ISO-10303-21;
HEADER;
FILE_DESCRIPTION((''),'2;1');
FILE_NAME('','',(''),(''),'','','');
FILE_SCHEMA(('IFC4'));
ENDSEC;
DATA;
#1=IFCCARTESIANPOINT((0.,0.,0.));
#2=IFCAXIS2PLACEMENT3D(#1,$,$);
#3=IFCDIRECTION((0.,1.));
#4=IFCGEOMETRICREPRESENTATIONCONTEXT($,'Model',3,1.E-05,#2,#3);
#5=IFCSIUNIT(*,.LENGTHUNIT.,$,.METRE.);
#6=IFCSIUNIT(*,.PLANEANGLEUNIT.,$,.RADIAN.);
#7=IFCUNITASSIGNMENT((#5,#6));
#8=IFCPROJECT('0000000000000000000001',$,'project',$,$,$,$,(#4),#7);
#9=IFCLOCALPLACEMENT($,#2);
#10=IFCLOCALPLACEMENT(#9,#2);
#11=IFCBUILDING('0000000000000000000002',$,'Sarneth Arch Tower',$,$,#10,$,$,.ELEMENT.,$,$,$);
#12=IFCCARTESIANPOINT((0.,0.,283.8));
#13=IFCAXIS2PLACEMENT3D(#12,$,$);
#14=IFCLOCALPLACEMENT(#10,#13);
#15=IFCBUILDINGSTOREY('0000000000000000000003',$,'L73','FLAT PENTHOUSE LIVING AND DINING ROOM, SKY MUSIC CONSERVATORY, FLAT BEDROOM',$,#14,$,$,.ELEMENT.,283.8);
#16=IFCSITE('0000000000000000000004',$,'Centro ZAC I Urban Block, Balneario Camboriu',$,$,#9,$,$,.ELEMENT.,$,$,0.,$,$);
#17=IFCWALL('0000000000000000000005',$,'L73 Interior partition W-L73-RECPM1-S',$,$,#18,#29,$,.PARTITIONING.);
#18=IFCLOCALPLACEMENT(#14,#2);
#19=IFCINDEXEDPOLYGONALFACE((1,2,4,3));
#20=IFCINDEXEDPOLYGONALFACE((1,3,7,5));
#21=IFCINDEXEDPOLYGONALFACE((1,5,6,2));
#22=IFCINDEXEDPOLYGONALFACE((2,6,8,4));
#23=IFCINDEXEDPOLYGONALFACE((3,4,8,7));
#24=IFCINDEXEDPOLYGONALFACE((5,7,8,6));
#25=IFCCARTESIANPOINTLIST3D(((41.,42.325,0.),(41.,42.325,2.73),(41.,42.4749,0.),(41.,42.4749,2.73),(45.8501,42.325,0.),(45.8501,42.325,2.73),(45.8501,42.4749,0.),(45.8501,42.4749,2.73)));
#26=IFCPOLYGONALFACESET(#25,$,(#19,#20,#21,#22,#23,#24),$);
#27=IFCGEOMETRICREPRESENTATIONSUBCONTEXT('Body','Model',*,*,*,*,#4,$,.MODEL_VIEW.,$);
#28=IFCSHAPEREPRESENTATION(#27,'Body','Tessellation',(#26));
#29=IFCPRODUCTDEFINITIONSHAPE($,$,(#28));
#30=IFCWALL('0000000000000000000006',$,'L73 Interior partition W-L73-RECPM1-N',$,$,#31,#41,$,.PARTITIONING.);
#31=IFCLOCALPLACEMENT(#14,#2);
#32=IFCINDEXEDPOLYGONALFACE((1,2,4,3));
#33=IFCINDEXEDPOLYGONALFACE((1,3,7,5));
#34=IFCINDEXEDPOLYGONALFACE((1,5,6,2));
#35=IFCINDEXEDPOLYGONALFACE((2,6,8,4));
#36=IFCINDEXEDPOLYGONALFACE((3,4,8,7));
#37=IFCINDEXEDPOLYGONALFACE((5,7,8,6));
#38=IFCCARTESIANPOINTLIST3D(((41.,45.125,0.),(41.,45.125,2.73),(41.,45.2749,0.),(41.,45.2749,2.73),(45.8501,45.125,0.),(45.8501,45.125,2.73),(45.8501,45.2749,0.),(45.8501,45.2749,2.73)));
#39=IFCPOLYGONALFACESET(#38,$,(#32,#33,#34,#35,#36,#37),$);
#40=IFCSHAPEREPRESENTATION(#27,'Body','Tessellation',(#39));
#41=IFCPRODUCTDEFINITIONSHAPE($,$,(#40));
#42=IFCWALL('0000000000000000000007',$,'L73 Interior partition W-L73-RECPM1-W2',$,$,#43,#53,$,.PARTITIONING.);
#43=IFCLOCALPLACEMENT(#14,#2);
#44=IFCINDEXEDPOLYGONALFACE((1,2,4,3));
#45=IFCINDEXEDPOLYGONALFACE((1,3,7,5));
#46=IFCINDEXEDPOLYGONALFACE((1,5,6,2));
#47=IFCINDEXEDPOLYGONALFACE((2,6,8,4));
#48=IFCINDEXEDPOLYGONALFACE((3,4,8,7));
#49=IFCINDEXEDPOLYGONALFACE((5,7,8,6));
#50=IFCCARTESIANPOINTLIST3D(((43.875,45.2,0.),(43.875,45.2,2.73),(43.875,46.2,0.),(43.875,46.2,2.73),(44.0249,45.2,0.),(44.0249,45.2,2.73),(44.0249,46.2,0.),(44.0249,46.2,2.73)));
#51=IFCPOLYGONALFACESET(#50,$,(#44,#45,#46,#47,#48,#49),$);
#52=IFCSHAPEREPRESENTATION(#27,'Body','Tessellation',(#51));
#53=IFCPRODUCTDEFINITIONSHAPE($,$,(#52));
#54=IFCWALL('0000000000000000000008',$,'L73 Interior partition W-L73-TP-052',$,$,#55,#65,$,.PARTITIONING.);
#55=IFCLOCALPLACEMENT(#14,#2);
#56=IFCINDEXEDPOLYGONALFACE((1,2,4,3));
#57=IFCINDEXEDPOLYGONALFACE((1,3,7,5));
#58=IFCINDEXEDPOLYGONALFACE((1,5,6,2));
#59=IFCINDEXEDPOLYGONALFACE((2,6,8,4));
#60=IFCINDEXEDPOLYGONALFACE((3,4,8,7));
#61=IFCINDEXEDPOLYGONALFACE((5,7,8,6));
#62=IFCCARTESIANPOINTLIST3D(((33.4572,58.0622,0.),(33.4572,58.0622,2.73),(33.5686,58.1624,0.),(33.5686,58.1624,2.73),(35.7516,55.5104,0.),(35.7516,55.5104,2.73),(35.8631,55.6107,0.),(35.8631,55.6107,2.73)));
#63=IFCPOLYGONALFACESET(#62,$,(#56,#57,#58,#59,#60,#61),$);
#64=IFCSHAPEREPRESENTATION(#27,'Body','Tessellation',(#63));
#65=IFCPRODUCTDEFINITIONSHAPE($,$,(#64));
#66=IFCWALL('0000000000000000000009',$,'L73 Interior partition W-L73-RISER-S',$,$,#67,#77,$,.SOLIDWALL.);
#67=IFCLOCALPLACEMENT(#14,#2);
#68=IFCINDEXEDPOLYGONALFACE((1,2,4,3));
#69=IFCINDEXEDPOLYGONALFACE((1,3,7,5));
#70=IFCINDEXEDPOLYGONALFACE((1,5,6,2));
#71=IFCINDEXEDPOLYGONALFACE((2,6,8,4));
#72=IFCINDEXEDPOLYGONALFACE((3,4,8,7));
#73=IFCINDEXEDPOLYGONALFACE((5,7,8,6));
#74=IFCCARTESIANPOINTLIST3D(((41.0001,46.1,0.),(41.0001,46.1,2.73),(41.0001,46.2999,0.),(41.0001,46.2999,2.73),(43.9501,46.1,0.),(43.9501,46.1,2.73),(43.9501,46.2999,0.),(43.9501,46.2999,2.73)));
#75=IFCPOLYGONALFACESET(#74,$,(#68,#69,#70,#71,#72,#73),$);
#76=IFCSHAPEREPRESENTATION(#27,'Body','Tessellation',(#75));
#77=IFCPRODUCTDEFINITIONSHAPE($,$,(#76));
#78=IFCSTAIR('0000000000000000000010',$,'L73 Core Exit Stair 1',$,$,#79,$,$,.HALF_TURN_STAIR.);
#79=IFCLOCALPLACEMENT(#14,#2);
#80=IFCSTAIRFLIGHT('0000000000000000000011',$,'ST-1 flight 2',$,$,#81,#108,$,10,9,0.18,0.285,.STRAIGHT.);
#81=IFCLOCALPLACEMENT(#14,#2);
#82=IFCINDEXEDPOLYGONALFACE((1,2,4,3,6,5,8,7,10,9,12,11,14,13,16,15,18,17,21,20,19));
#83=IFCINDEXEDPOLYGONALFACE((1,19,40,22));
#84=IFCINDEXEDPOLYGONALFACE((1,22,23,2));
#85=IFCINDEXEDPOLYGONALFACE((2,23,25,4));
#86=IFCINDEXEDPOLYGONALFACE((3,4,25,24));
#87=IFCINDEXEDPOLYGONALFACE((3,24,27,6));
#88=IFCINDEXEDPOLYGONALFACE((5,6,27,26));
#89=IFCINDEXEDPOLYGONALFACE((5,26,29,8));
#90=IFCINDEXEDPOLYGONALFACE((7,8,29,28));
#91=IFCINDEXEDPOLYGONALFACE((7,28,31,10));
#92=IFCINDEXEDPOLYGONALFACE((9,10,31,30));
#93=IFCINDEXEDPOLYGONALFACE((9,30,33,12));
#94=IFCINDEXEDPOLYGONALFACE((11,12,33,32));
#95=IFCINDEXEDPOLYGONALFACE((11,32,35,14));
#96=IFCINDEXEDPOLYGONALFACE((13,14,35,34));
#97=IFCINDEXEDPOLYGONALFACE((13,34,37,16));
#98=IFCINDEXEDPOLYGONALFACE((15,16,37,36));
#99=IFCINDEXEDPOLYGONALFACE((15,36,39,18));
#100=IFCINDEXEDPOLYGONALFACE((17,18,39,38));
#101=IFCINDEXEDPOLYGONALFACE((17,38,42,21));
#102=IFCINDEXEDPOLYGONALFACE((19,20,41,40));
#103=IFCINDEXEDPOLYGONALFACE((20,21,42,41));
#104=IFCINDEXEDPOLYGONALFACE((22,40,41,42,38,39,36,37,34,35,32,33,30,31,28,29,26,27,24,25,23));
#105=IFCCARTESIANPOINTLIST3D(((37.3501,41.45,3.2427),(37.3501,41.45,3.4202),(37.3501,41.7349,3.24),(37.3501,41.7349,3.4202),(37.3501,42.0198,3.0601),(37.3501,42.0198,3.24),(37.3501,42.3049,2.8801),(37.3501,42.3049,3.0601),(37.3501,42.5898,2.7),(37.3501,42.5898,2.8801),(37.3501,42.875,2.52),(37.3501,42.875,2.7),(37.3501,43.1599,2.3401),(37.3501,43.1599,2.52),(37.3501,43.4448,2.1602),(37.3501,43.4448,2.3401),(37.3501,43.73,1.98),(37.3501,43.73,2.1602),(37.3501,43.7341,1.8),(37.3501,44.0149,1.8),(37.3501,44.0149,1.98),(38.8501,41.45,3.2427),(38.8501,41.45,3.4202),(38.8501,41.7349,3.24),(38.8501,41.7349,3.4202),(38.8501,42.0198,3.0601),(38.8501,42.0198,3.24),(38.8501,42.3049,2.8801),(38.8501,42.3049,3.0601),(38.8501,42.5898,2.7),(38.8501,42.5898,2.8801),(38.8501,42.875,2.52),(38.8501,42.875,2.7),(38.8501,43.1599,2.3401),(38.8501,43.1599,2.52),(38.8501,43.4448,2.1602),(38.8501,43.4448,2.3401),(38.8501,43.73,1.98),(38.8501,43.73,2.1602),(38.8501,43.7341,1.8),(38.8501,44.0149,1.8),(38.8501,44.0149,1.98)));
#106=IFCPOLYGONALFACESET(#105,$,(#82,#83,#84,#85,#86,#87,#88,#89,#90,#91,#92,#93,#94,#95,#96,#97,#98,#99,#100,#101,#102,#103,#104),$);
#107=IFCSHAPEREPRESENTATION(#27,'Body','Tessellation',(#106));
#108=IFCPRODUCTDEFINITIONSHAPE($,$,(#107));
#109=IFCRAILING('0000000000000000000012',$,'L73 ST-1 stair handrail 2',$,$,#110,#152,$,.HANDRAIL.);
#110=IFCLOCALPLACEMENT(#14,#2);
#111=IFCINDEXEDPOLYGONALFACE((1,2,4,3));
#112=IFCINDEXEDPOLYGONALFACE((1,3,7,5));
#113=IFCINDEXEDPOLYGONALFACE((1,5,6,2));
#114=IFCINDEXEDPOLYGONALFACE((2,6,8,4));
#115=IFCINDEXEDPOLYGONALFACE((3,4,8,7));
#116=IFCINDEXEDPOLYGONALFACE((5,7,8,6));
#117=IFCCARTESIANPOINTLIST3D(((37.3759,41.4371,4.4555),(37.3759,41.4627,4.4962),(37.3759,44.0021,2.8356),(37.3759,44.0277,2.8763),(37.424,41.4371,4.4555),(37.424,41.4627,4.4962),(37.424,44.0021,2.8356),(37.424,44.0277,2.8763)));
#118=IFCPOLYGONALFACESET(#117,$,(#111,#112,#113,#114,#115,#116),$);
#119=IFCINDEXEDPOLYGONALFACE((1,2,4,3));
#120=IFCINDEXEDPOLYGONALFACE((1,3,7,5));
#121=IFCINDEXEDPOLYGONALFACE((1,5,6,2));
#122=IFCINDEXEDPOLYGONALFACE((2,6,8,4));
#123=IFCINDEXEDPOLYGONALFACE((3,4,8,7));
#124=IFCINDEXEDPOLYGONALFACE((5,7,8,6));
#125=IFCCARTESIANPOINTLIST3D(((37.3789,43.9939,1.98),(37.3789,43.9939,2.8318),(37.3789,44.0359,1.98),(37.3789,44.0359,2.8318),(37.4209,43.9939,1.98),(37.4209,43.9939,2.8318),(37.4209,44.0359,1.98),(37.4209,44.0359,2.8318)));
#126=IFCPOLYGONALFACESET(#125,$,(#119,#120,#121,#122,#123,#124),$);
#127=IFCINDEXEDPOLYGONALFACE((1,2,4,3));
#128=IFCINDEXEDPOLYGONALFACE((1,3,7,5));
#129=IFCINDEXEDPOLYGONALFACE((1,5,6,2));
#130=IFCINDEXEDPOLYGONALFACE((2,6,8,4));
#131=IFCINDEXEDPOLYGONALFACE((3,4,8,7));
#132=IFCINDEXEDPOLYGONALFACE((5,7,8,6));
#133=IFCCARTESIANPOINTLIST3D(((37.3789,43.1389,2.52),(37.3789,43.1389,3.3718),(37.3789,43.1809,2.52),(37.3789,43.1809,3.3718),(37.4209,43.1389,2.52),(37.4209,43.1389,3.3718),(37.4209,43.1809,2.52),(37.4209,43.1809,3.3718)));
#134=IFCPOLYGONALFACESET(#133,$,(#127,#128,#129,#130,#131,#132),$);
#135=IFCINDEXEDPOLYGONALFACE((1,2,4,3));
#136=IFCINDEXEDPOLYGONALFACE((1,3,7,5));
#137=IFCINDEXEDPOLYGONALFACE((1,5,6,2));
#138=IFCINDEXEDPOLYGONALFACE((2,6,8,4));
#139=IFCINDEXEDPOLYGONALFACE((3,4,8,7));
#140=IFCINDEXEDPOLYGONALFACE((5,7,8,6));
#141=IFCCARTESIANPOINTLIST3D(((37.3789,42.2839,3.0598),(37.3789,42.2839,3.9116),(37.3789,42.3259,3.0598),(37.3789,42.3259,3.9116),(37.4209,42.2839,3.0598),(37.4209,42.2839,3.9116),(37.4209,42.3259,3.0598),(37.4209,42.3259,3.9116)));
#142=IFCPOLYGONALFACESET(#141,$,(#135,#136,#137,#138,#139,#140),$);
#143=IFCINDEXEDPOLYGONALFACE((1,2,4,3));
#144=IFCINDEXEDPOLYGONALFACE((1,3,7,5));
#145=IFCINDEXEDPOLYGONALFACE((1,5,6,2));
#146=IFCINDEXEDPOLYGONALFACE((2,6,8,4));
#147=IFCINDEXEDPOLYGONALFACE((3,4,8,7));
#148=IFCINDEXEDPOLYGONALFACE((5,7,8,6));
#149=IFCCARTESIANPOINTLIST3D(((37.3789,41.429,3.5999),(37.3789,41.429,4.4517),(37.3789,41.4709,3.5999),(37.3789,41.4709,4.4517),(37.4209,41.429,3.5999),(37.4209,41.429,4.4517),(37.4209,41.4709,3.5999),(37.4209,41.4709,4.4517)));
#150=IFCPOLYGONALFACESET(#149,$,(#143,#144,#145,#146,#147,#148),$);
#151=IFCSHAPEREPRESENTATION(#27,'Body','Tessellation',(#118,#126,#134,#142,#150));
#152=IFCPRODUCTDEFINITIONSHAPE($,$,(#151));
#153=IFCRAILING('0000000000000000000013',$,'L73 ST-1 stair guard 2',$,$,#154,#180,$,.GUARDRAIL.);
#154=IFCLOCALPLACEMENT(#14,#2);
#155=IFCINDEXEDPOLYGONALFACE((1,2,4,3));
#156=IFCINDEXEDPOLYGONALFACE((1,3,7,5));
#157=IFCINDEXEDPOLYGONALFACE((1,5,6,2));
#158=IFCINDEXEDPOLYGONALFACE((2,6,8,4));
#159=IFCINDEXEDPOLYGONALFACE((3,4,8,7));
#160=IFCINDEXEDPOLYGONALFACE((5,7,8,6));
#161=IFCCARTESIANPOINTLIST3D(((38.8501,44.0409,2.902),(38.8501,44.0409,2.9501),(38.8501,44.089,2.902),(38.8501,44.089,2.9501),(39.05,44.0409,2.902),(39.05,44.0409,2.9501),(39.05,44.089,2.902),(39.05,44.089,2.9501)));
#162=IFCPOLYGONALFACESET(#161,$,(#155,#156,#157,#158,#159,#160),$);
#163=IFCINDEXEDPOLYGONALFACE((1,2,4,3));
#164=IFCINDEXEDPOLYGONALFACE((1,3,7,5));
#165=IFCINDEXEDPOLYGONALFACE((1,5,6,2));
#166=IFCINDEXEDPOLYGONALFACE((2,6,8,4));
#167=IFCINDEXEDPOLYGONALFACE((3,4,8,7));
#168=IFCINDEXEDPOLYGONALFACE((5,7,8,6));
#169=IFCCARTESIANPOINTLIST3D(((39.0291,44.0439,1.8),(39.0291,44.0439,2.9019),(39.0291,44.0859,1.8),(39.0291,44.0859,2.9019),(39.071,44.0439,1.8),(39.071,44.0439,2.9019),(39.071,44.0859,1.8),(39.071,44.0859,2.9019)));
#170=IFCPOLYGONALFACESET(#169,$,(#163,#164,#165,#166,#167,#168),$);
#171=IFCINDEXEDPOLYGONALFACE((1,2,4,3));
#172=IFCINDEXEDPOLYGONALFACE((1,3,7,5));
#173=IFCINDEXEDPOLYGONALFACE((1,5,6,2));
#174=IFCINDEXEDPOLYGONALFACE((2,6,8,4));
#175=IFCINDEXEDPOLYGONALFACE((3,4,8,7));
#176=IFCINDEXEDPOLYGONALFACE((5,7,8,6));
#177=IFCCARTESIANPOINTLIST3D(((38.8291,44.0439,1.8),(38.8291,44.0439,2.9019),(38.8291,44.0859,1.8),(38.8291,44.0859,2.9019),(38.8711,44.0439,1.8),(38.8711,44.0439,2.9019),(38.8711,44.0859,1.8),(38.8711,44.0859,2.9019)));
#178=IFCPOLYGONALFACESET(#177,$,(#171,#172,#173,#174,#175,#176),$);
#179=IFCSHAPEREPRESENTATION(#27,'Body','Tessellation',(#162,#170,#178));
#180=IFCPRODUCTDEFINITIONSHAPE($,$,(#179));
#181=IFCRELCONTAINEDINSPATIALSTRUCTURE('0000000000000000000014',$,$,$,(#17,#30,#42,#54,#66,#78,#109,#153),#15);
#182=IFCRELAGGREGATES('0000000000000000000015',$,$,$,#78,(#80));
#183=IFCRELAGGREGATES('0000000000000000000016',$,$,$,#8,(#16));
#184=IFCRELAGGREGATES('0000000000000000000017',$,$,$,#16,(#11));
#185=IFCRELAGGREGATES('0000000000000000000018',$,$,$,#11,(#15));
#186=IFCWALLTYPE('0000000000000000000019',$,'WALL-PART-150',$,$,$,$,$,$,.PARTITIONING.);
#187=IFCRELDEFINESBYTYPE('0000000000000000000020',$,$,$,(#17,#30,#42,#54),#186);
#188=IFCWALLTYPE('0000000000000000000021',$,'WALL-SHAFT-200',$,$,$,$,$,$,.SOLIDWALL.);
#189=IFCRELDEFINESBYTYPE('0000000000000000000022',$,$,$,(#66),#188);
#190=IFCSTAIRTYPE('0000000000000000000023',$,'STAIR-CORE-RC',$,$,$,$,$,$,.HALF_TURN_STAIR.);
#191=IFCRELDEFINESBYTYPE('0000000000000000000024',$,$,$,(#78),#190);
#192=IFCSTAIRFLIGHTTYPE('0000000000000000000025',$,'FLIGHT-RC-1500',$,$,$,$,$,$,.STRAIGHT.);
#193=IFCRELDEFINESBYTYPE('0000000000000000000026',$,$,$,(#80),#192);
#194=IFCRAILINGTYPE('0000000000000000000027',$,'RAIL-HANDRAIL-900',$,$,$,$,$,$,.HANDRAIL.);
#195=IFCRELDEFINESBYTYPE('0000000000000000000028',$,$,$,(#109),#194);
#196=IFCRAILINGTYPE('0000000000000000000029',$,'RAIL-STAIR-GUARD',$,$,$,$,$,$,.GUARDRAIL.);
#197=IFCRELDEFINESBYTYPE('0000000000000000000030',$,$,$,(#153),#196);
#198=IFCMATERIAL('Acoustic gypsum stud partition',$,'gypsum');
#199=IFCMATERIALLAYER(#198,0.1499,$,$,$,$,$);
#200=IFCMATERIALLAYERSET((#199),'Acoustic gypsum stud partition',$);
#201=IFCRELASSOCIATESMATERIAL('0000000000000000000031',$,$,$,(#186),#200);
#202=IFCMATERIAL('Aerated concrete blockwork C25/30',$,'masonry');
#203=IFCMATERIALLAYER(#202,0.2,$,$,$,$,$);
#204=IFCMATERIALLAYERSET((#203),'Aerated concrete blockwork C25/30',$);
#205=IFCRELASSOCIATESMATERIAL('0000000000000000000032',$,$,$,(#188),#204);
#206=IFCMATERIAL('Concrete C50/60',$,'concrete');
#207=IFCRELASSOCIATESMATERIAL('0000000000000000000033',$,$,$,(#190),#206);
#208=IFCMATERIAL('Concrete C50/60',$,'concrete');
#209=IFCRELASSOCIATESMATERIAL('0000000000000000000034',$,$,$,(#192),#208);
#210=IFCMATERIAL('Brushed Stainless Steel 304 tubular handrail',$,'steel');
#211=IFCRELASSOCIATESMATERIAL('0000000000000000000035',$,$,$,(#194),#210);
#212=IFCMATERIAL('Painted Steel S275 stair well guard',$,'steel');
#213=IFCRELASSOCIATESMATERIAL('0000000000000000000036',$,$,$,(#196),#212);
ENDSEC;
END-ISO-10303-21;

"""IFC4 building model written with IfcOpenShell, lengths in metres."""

from ifc_helpers import new_model, si_unit, direction, frame, frame_2d, origin, origin_2d, place, context, subcontext, project, spatial, polyline, rectangle, outline, extrude, material, layer, layer_set, type_object, element, aggregate, save


model = new_model("IFC4")

# Units and contexts
model_context = context("Model", 3, precision=1e-05, world=origin(), true_north=direction((0.0, 1.0)))
body_context = subcontext(model_context, "Body", "Model", "MODEL_VIEW")
ifc_project = project(units=[si_unit("LENGTHUNIT", "METRE"), si_unit("PLANEANGLEUNIT", "RADIAN")], contexts=[model_context])

# Site, building, storey
site_placement = place(None, origin())
site = spatial("IfcSite", under=ifc_project, at=site_placement, Name="Centro ZAC I Urban Block, Balneario Camboriu", CompositionType="ELEMENT", RefElevation=0.0)
building_placement = place(site_placement, origin())
building = spatial("IfcBuilding", under=site, at=building_placement, Name="Sarneth Arch Tower", CompositionType="ELEMENT")
storey_placement = place(building_placement, frame((0.0, 0.0, 283.8)))
storey = spatial("IfcBuildingStorey", under=building, at=storey_placement, Name="L73", Description="FLAT PENTHOUSE LIVING AND DINING ROOM, SKY MUSIC CONSERVATORY, FLAT BEDROOM", CompositionType="ELEMENT", Elevation=283.8)

# Walls
ifc_material_1 = material(Name="Acoustic gypsum stud partition", Category="gypsum")
ifc_layer_1 = layer(ifc_material_1, 0.1499)
ifc_layer_set_1 = layer_set([ifc_layer_1], Name="Acoustic gypsum stud partition")
wall_type_1 = type_object("IfcWallType", Name="WALL-PART-150", PredefinedType="PARTITIONING", material=ifc_layer_set_1)
for number, where, z_axis, x_axis, name in (
    (1, (41.0, 42.3999, 0.0), (0.0, 0.0, 1.0), (1.0, 0.0, 0.0), "L73 Interior partition W-L73-RECPM1-S"),
    (2, (41.0, 45.2, 0.0), (0.0, 0.0, 1.0), (1.0, 0.0, 0.0), "L73 Interior partition W-L73-RECPM1-N"),
):
    element("IfcWall", number, at=place(storey_placement, frame(where, z_axis=z_axis, x_axis=x_axis)), inside=storey, type_object=wall_type_1, Name=name, PredefinedType="PARTITIONING", context=body_context, shape_type="SweptSolid", body=[
        extrude(rectangle(XDim=4.8501, YDim=0.1499, at=frame_2d((2.425, 0.0))), origin(), (0.0, 0.0, 1.0), 2.73),
    ])
wall_1_placement = place(storey_placement, frame((43.95, 45.2, 0.0), z_axis=(0.0, 0.0, 1.0), x_axis=(0.0, 1.0, 0.0)))
element("IfcWall", 3, at=wall_1_placement, inside=storey, type_object=wall_type_1, Name="L73 Interior partition W-L73-RECPM1-W2", PredefinedType="PARTITIONING", context=body_context, shape_type="SweptSolid", body=[
    extrude(rectangle(XDim=1.0, YDim=0.1499, at=frame_2d((0.5, 0.0))), origin(), (0.0, 0.0, 1.0), 2.73),
])

# Walls
wall_2_placement = place(storey_placement, frame((35.8074, 55.5605, 0.0), z_axis=(0.0, 0.0, 1.0), x_axis=(-0.668619, 0.743605, 0.0)))
element("IfcWall", 4, at=wall_2_placement, inside=storey, type_object=wall_type_1, Name="L73 Interior partition W-L73-TP-052", PredefinedType="PARTITIONING", context=body_context, shape_type="SweptSolid", body=[
    extrude(rectangle(XDim=3.4316, YDim=0.1499, at=frame_2d((1.7158, 0.0))), origin(), (0.0, 0.0, 1.0), 2.73),
])
ifc_material_2 = material(Name="Aerated concrete blockwork C25/30", Category="masonry")
ifc_layer_2 = layer(ifc_material_2, 0.2)
ifc_layer_set_2 = layer_set([ifc_layer_2], Name="Aerated concrete blockwork C25/30")
wall_type_2 = type_object("IfcWallType", Name="WALL-SHAFT-200", PredefinedType="SOLIDWALL", material=ifc_layer_set_2)
wall_3_placement = place(storey_placement, frame((41.0, 46.2, 0.0), z_axis=(0.0, 0.0, 1.0), x_axis=(1.0, 0.0, 0.0)))
element("IfcWall", 5, at=wall_3_placement, inside=storey, type_object=wall_type_2, Name="L73 Interior partition W-L73-RISER-S", PredefinedType="SOLIDWALL", context=body_context, shape_type="SweptSolid", body=[
    extrude(rectangle(XDim=2.95, YDim=0.2, at=frame_2d((1.4751, 0.0))), origin(), (0.0, 0.0, 1.0), 2.73),
])

# Stair, stair flight
ifc_material_3 = material(Name="Concrete C50/60", Category="concrete")
stair_type = type_object("IfcStairType", Name="STAIR-CORE-RC", PredefinedType="HALF_TURN_STAIR", material=ifc_material_3)
stair_placement = place(storey_placement, origin())
stair = element("IfcStair", 6, at=stair_placement, inside=storey, type_object=stair_type, Name="L73 Core Exit Stair 1", PredefinedType="HALF_TURN_STAIR")
ifc_material_4 = material(Name="Concrete C50/60", Category="concrete")
stair_flight_type = type_object("IfcStairFlightType", Name="FLIGHT-RC-1500", PredefinedType="STRAIGHT", material=ifc_material_4)
stair_flight_placement = place(storey_placement, frame((38.1001, 44.0149, 1.8), z_axis=(0.0, 0.0, 1.0), x_axis=(0.0, -1.0, 0.0)))
stair_flight = element("IfcStairFlight", 7, at=stair_flight_placement, type_object=stair_flight_type, Name="ST-1 flight 2", NumberOfRisers=10, NumberOfTreads=9, PredefinedType="STRAIGHT", RiserHeight=0.18, TreadLength=0.285, context=body_context, shape_type="SweptSolid", body=[
    extrude(outline(polyline([(0.0, 0.0), (0.0, 0.1799), (0.2849, 0.1799), (0.2849, 0.3601), (0.5701, 0.3601), (0.5701, 0.54), (0.855, 0.54), (0.855, 0.72), (1.1399, 0.72), (1.1399, 0.8999), (1.425, 0.8999), (1.425, 1.0801), (1.71, 1.0801), (1.71, 1.26), (1.9951, 1.26), (1.9951, 1.4399), (2.28, 1.4399), (2.28, 1.6201), (2.5649, 1.6201), (2.5649, 1.8), (2.5649, 1.4426), (0.2808, 0.0), (0.0, 0.0)])), frame((0.0, 0.75, 0.0), z_axis=(0.0, -1.0, 0.0), x_axis=(1.0, 0.0, 0.0)), (0.0, 0.0, 1.0), 1.5),
])
aggregate(stair, [stair_flight])

# Railings
ifc_material_5 = material(Name="Brushed Stainless Steel 304 tubular handrail", Category="steel")
railing_type_1 = type_object("IfcRailingType", Name="RAIL-HANDRAIL-900", PredefinedType="HANDRAIL", material=ifc_material_5)
railing_1_placement = place(storey_placement, frame((37.3999, 44.0149, 1.98)))
element("IfcRailing", 8, at=railing_1_placement, inside=storey, type_object=railing_type_1, Name="L73 ST-1 stair handrail 2", PredefinedType="HANDRAIL", context=body_context, shape_type="SweptSolid", body=[
    extrude(rectangle(XDim=0.0481, YDim=0.0481, at=origin_2d()), frame((0.0, 0.0, 0.876), z_axis=(0.0, -0.845502, 0.533972), x_axis=(1.0, 0.0, 0.0)), (0.0, 0.0, 1.0), 3.0337),
    extrude(rectangle(XDim=0.042, YDim=0.042, at=origin_2d()), origin(), (0.0, 0.0, 1.0), 0.8518),
    extrude(rectangle(XDim=0.042, YDim=0.042, at=origin_2d()), frame((0.0, -0.855, 0.54)), (0.0, 0.0, 1.0), 0.8518),
    extrude(rectangle(XDim=0.042, YDim=0.042, at=origin_2d()), frame((0.0, -1.71, 1.0798)), (0.0, 0.0, 1.0), 0.8518),
    extrude(rectangle(XDim=0.042, YDim=0.042, at=origin_2d()), frame((0.0, -2.5649, 1.6199)), (0.0, 0.0, 1.0), 0.8518),
])
ifc_material_6 = material(Name="Painted Steel S275 stair well guard", Category="steel")
railing_type_2 = type_object("IfcRailingType", Name="RAIL-STAIR-GUARD", PredefinedType="GUARDRAIL", material=ifc_material_6)
railing_2_placement = place(storey_placement, frame((39.05, 44.0649, 1.8)))
element("IfcRailing", 9, at=railing_2_placement, inside=storey, type_object=railing_type_2, Name="L73 ST-1 stair guard 2", PredefinedType="GUARDRAIL", context=body_context, shape_type="SweptSolid", body=[
    extrude(rectangle(XDim=0.0481, YDim=0.0481, at=origin_2d()), frame((0.0, 0.0, 1.126), z_axis=(-1.0, 0.0, 0.0), x_axis=(0.0, -1.0, 0.0)), (0.0, 0.0, 1.0), 0.2),
    extrude(rectangle(XDim=0.042, YDim=0.042, at=origin_2d()), origin(), (0.0, 0.0, 1.0), 1.1018),
    extrude(rectangle(XDim=0.042, YDim=0.042, at=origin_2d()), frame((-0.2, 0.0, 0.0)), (0.0, 0.0, 1.0), 1.1018),
])

save(model, "model.ifc")
